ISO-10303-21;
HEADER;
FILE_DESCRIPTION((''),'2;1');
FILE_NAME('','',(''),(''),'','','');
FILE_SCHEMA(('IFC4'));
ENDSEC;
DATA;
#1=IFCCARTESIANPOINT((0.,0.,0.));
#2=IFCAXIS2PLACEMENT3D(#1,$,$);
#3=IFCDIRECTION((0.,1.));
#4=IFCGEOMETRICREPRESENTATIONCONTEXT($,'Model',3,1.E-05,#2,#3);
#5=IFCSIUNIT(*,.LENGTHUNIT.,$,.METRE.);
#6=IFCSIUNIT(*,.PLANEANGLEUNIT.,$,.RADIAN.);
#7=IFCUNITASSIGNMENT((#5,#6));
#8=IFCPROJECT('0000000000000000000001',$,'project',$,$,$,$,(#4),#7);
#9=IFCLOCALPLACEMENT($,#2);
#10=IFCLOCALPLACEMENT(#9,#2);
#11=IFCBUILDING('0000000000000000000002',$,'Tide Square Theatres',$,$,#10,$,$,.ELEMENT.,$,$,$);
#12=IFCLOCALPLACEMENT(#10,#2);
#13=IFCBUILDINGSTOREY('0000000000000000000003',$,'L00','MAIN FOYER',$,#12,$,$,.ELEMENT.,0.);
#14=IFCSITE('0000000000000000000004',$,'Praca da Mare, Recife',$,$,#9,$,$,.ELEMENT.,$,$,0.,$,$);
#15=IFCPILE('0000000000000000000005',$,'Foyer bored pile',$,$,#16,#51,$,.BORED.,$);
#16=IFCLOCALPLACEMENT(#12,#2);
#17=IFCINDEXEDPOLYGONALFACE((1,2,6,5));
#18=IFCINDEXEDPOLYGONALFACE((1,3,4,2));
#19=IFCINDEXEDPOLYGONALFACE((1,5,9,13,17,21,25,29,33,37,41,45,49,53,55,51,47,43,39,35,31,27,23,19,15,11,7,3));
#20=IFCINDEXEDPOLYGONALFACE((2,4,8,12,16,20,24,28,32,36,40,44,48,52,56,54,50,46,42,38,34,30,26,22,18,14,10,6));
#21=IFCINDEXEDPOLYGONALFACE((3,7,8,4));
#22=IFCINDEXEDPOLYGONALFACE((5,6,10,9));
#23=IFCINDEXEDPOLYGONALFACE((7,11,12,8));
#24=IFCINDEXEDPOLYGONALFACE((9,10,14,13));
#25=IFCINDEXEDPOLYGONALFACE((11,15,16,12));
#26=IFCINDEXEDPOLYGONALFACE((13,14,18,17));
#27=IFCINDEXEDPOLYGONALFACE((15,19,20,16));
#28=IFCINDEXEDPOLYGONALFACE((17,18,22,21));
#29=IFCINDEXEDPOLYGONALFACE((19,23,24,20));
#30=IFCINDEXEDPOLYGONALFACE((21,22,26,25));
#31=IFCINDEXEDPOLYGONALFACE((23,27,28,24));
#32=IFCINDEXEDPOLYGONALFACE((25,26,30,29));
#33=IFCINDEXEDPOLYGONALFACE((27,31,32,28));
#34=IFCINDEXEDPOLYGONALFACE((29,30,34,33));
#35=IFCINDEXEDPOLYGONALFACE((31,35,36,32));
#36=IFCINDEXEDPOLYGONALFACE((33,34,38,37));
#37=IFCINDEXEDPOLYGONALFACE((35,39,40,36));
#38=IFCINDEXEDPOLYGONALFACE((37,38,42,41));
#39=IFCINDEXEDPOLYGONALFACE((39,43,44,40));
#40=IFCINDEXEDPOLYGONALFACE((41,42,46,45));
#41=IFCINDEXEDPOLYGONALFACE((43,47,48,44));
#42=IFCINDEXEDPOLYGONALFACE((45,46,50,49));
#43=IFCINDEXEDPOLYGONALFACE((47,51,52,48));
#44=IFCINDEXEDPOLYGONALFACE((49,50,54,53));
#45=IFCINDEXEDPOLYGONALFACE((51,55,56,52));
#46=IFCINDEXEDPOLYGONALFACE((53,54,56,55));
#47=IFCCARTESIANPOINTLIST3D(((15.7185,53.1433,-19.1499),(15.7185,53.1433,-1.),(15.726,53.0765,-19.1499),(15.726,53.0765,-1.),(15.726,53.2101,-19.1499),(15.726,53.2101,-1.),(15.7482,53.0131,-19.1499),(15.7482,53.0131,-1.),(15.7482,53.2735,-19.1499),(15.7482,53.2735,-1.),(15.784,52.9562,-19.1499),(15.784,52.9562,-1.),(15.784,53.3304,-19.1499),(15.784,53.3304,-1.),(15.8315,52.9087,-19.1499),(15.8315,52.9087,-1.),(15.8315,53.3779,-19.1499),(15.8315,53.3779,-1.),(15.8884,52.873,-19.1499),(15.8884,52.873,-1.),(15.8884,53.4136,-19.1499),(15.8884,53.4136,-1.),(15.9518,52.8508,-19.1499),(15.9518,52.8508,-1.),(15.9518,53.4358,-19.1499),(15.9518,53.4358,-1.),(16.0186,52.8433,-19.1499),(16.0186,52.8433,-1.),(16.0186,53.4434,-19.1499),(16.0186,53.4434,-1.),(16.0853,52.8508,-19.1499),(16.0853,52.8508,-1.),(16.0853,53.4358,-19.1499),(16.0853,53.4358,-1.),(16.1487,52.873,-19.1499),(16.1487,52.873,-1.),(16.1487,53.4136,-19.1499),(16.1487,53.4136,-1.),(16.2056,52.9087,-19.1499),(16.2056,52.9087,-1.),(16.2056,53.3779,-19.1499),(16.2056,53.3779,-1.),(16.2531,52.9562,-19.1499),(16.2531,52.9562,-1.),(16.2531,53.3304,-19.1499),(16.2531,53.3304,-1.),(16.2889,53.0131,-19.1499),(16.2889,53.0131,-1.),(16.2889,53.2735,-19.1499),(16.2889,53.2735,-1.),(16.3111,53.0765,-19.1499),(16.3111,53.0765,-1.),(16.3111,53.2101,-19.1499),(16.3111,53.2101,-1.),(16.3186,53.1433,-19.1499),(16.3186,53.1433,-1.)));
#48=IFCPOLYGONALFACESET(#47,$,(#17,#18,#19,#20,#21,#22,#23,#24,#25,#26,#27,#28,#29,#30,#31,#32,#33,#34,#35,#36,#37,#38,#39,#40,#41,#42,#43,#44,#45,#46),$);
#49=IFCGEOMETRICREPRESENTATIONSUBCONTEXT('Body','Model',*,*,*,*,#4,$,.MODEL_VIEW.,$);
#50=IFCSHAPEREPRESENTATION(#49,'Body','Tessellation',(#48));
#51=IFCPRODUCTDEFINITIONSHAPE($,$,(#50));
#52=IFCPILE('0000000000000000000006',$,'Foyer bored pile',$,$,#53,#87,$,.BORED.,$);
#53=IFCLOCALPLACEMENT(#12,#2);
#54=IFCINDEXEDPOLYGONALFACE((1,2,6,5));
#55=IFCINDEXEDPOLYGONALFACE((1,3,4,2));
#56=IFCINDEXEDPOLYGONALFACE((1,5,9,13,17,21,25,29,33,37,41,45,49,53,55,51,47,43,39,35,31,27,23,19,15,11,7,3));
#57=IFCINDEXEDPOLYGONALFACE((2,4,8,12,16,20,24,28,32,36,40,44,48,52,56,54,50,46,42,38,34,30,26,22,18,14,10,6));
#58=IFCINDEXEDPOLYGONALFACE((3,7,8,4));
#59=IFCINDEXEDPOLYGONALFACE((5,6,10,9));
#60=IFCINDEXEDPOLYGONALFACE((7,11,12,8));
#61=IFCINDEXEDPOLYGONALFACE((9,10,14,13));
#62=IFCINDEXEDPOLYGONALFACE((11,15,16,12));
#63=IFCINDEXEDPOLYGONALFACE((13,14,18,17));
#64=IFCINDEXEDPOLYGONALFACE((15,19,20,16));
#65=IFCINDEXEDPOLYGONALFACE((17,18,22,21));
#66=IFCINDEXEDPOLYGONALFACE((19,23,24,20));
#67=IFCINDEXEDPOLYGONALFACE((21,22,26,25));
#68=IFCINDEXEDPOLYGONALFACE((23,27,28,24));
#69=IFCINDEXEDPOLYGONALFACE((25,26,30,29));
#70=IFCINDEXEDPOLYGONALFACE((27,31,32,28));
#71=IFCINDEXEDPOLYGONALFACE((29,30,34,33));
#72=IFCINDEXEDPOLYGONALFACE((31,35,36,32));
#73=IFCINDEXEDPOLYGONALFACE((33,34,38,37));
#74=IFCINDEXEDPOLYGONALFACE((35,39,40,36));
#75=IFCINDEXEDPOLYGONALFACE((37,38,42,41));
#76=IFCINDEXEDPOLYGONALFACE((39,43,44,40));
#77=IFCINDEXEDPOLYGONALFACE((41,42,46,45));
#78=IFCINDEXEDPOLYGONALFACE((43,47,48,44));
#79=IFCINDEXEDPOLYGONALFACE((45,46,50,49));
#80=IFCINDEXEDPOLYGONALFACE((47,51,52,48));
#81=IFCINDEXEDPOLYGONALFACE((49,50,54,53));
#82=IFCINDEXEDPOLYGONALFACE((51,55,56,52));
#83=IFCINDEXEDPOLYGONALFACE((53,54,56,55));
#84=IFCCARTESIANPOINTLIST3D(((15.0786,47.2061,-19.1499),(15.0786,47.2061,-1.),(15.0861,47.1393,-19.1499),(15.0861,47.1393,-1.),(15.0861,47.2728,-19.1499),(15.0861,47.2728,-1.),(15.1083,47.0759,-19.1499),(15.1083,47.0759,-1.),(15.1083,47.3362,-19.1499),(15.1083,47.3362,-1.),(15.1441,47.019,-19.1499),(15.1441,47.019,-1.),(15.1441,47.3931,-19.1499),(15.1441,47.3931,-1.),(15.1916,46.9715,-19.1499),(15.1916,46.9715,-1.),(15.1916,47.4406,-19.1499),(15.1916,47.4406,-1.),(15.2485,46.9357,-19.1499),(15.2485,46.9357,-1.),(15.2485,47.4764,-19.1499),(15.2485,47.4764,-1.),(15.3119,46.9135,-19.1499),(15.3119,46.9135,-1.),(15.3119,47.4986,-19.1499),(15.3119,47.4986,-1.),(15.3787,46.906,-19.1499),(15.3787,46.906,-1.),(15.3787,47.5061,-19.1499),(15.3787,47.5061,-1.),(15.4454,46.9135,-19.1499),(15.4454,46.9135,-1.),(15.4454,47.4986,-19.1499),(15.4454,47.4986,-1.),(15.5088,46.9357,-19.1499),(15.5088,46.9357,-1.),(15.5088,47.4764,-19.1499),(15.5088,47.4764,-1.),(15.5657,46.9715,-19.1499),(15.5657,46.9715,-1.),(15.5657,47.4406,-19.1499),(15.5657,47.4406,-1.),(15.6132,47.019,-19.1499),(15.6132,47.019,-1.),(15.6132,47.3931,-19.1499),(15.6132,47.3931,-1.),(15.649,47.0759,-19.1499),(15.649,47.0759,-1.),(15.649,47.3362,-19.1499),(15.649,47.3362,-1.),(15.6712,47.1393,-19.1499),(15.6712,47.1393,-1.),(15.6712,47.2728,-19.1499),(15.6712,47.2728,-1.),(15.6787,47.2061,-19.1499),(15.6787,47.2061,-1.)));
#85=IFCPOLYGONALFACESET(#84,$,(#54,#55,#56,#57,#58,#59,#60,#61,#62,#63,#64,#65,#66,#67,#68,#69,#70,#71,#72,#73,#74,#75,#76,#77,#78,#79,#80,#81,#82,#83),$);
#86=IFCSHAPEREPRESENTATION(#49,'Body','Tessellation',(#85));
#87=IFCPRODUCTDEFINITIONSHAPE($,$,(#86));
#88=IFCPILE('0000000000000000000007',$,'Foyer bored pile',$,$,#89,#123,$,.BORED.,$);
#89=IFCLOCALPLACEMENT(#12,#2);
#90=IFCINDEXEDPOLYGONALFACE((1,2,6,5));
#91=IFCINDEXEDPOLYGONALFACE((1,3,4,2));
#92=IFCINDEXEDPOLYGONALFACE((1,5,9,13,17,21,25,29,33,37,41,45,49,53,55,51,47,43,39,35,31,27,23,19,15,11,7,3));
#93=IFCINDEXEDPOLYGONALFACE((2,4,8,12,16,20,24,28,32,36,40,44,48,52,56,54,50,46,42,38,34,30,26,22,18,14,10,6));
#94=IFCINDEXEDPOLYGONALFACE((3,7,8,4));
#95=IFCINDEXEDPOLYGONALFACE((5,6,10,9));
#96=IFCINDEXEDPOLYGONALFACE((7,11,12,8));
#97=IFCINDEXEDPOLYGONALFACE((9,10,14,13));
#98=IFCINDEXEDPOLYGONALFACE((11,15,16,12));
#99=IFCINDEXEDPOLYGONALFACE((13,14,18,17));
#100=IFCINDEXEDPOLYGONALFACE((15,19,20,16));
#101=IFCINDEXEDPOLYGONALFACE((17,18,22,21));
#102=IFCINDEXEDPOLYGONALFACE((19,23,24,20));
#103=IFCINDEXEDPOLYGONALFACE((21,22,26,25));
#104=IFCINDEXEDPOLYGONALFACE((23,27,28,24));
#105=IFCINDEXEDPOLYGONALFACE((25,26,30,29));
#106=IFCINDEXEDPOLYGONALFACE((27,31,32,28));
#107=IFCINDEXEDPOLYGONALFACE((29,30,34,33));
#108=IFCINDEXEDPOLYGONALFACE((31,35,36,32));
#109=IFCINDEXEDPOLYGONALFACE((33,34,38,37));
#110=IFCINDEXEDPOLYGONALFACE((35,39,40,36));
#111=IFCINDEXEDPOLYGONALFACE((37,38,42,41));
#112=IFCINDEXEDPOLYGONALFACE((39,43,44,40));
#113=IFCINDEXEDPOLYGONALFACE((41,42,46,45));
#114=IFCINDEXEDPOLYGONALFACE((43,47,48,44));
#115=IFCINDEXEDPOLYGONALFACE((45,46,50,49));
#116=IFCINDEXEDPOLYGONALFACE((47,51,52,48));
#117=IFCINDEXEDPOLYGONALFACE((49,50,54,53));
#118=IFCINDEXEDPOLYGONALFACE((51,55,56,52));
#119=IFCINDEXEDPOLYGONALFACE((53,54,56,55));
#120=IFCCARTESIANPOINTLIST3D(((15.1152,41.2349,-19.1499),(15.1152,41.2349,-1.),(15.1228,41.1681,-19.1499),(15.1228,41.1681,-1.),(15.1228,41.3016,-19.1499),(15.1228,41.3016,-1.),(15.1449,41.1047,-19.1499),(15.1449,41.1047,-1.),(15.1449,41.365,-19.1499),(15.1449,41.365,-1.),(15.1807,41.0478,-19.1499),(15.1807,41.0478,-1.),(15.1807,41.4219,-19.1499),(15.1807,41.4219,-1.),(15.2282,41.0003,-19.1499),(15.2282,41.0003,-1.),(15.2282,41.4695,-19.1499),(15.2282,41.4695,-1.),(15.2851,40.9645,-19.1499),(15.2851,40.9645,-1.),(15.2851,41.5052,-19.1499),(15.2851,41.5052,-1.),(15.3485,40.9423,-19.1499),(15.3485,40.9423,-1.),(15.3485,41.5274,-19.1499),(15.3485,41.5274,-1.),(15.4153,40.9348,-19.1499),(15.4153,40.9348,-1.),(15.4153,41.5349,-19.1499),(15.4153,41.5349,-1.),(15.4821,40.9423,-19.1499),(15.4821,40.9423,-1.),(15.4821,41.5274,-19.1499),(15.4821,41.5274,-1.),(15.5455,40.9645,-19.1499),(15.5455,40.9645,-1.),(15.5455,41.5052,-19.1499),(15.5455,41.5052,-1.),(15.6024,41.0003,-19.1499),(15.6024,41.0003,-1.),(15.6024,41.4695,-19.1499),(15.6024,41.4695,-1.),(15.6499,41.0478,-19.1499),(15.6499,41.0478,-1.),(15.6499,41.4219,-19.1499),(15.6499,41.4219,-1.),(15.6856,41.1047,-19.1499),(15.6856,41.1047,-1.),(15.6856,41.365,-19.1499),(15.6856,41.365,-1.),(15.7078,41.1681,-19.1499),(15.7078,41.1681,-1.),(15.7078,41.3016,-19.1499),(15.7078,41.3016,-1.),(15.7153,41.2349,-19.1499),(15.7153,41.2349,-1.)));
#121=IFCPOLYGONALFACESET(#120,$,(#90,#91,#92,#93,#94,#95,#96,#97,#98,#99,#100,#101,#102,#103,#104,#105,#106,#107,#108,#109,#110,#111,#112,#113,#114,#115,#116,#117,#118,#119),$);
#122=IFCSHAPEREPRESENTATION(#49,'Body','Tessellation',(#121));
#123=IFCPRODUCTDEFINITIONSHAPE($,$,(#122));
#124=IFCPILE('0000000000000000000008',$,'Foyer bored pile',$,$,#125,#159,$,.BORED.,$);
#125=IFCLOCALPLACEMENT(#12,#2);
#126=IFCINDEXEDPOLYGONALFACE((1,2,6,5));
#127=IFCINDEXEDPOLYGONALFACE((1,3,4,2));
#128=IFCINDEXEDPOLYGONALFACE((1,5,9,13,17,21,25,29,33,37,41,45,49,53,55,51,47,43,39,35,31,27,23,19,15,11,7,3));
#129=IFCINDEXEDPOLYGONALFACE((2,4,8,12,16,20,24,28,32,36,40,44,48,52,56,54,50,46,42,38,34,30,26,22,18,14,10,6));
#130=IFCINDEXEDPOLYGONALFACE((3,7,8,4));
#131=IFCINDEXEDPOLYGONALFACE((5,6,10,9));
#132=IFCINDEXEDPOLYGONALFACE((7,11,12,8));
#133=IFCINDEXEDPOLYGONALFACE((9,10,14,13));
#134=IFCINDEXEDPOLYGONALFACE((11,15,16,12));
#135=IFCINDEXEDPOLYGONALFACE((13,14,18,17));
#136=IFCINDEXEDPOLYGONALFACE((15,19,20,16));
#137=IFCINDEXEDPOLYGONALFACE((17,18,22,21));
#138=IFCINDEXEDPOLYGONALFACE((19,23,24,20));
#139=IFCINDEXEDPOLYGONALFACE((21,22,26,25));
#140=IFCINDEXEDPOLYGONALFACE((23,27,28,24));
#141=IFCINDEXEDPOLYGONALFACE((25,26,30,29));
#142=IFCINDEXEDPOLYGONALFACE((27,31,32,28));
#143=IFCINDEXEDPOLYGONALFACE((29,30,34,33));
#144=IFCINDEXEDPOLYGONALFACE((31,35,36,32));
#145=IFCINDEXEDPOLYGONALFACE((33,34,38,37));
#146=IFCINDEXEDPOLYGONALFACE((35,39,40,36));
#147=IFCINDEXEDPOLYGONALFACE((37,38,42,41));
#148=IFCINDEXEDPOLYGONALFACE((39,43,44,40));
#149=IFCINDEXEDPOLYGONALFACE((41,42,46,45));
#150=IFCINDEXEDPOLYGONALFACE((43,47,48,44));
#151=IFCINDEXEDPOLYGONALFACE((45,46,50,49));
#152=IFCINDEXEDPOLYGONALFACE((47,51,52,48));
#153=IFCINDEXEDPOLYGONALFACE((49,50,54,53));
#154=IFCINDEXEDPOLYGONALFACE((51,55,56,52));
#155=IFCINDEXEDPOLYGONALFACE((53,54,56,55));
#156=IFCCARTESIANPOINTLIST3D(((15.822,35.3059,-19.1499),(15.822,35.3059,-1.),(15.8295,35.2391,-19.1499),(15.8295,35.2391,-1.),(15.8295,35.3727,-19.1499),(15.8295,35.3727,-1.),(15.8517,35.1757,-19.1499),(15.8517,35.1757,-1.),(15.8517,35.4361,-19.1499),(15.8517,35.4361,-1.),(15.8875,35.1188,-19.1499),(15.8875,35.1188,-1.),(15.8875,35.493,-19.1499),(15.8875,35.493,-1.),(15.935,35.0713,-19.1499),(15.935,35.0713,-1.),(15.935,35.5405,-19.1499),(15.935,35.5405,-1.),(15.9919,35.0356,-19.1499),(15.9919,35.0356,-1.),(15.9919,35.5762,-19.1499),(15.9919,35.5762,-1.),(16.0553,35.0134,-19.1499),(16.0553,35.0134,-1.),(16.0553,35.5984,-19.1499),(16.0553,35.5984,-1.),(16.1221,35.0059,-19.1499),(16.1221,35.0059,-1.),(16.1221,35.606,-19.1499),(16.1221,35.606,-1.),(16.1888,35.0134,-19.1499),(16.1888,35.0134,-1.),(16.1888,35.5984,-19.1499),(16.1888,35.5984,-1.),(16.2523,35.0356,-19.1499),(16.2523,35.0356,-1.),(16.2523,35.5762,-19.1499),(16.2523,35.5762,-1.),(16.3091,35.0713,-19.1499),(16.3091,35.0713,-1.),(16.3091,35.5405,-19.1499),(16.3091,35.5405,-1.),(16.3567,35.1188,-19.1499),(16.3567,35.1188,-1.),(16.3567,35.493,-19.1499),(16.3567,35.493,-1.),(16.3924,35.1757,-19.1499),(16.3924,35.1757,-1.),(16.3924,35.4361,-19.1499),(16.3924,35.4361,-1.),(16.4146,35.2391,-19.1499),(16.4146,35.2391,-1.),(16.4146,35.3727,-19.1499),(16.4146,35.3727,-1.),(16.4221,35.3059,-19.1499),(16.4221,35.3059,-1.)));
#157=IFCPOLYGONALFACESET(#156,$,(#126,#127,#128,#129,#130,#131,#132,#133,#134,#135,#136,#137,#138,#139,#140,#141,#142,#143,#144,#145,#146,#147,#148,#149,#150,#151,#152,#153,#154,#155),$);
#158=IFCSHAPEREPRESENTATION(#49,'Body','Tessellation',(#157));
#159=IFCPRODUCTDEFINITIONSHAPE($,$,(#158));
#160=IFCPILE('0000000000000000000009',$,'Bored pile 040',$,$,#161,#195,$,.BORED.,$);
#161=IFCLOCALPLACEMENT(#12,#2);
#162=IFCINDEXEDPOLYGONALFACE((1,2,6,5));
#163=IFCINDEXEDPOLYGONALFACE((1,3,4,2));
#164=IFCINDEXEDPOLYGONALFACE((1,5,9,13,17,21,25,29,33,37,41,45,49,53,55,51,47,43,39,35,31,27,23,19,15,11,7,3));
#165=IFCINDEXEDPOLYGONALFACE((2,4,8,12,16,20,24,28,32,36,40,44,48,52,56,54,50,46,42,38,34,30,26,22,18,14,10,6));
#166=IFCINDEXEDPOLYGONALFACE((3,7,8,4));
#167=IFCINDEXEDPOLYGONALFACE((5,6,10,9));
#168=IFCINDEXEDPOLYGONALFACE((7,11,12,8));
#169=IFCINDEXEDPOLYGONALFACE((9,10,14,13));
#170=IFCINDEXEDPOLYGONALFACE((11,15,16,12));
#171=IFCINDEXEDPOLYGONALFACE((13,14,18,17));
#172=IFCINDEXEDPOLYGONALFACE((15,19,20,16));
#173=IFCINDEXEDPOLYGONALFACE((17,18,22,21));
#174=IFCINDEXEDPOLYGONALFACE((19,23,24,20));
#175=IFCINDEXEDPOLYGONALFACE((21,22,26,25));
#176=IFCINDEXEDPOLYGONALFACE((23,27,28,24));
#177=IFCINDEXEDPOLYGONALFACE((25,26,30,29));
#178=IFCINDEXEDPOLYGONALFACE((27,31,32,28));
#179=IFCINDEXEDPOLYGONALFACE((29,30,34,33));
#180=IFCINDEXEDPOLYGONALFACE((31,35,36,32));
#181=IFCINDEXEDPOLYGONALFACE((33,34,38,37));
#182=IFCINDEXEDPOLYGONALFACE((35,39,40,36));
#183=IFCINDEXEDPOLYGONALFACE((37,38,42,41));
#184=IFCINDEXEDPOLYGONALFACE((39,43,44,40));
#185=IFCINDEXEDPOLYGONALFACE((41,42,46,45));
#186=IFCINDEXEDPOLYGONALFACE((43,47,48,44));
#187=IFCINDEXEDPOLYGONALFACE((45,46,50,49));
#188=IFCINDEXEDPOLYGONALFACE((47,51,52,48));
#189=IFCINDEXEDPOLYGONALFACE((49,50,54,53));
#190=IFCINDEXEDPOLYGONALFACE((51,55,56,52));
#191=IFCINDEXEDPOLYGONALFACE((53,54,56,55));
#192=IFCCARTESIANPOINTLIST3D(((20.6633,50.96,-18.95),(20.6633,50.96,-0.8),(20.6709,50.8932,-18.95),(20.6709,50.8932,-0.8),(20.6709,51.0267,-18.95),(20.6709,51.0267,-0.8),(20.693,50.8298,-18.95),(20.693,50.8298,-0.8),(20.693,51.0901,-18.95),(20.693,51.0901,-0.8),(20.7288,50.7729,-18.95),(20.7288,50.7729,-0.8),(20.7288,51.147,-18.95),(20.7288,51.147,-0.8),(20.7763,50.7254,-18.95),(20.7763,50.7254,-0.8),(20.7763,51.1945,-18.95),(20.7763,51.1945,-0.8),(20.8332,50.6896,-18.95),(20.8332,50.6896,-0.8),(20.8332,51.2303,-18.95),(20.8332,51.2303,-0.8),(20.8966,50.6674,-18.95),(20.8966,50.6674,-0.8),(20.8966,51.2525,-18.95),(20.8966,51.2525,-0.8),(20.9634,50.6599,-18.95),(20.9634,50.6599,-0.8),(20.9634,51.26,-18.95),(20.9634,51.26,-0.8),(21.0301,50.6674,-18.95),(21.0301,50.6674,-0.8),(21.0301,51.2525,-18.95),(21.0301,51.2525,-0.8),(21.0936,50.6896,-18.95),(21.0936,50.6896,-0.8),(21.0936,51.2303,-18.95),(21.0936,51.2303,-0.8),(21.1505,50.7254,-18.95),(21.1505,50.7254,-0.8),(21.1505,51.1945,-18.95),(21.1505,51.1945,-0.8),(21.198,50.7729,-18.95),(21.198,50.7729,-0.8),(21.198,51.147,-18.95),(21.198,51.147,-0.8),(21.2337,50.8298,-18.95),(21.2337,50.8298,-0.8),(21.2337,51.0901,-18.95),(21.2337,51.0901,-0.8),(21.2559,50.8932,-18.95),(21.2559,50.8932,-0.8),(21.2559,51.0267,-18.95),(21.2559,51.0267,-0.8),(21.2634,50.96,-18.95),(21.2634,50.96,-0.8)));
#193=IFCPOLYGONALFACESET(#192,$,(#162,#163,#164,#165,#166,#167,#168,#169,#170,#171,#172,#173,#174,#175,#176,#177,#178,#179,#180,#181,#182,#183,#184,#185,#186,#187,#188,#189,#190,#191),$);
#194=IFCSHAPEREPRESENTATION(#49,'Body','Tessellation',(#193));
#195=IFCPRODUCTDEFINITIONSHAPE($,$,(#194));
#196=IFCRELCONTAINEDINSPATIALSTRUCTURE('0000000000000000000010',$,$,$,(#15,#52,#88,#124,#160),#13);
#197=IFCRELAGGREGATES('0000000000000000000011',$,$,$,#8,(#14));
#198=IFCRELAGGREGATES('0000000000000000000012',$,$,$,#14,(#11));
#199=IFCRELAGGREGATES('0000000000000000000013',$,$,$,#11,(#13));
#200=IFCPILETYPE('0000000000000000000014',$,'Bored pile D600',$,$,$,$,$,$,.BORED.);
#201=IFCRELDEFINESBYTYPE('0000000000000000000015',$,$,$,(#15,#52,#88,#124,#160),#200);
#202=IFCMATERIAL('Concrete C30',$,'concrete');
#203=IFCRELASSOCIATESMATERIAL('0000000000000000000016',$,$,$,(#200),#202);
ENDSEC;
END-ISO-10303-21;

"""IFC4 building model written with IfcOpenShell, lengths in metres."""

from ifc_helpers import new_model, si_unit, direction, frame, origin, origin_2d, place, context, subcontext, project, spatial, circle, extrude, material, material_profile, profile_set, type_object, element, save


model = new_model("IFC4")

# Units and contexts
model_context = context("Model", 3, precision=1e-05, world=origin(), true_north=direction((0.0, 1.0)))
body_context = subcontext(model_context, "Body", "Model", "MODEL_VIEW")
ifc_project = project(units=[si_unit("LENGTHUNIT", "METRE"), si_unit("PLANEANGLEUNIT", "RADIAN")], contexts=[model_context])

# Site, building, storey
site_placement = place(None, origin())
site = spatial("IfcSite", under=ifc_project, at=site_placement, Name="Praca da Mare, Recife", CompositionType="ELEMENT", RefElevation=0.0)
building_placement = place(site_placement, origin())
building = spatial("IfcBuilding", under=site, at=building_placement, Name="Tide Square Theatres", CompositionType="ELEMENT")
storey_placement = place(building_placement, origin())
storey = spatial("IfcBuildingStorey", under=building, at=storey_placement, Name="L00", Description="MAIN FOYER", CompositionType="ELEMENT", Elevation=0.0)

# Piles
ifc_material_1 = material(Name="Concrete C30", Category="concrete")
ifc_material_profile_1 = material_profile(ifc_material_1, circle(Radius=0.3, at=origin_2d()))
ifc_profile_set_1 = profile_set([ifc_material_profile_1], Name="Concrete C30")
pile_type = type_object("IfcPileType", Name="Bored pile D600", PredefinedType="BORED", material=ifc_profile_set_1)
for number, where, z_axis, x_axis, name in (
    (1, (16.0186, 53.1433, -1.0), (0.0, 0.0, -1.0), (1.0, 0.0, 0.0), "Foyer bored pile"),
    (2, (15.3787, 47.2061, -1.0), (0.0, 0.0, -1.0), (1.0, 0.0, 0.0), "Foyer bored pile"),
    (3, (15.4153, 41.2349, -1.0), (0.0, 0.0, -1.0), (1.0, 0.0, 0.0), "Foyer bored pile"),
    (4, (16.1221, 35.3059, -1.0), (0.0, 0.0, -1.0), (1.0, 0.0, 0.0), "Foyer bored pile"),
    (5, (20.9634, 50.96, -0.8), (0.0, 0.0, -1.0), (1.0, 0.0, 0.0), "Bored pile 040"),
):
    element("IfcPile", number, at=place(storey_placement, frame(where, z_axis=z_axis, x_axis=x_axis)), inside=storey, type_object=pile_type, Name=name, PredefinedType="BORED", context=body_context, shape_type="SweptSolid", body=[
        extrude(circle(Radius=0.3, at=origin_2d()), origin(), (0.0, 0.0, 1.0), 18.1499),
    ])

save(model, "model.ifc")
